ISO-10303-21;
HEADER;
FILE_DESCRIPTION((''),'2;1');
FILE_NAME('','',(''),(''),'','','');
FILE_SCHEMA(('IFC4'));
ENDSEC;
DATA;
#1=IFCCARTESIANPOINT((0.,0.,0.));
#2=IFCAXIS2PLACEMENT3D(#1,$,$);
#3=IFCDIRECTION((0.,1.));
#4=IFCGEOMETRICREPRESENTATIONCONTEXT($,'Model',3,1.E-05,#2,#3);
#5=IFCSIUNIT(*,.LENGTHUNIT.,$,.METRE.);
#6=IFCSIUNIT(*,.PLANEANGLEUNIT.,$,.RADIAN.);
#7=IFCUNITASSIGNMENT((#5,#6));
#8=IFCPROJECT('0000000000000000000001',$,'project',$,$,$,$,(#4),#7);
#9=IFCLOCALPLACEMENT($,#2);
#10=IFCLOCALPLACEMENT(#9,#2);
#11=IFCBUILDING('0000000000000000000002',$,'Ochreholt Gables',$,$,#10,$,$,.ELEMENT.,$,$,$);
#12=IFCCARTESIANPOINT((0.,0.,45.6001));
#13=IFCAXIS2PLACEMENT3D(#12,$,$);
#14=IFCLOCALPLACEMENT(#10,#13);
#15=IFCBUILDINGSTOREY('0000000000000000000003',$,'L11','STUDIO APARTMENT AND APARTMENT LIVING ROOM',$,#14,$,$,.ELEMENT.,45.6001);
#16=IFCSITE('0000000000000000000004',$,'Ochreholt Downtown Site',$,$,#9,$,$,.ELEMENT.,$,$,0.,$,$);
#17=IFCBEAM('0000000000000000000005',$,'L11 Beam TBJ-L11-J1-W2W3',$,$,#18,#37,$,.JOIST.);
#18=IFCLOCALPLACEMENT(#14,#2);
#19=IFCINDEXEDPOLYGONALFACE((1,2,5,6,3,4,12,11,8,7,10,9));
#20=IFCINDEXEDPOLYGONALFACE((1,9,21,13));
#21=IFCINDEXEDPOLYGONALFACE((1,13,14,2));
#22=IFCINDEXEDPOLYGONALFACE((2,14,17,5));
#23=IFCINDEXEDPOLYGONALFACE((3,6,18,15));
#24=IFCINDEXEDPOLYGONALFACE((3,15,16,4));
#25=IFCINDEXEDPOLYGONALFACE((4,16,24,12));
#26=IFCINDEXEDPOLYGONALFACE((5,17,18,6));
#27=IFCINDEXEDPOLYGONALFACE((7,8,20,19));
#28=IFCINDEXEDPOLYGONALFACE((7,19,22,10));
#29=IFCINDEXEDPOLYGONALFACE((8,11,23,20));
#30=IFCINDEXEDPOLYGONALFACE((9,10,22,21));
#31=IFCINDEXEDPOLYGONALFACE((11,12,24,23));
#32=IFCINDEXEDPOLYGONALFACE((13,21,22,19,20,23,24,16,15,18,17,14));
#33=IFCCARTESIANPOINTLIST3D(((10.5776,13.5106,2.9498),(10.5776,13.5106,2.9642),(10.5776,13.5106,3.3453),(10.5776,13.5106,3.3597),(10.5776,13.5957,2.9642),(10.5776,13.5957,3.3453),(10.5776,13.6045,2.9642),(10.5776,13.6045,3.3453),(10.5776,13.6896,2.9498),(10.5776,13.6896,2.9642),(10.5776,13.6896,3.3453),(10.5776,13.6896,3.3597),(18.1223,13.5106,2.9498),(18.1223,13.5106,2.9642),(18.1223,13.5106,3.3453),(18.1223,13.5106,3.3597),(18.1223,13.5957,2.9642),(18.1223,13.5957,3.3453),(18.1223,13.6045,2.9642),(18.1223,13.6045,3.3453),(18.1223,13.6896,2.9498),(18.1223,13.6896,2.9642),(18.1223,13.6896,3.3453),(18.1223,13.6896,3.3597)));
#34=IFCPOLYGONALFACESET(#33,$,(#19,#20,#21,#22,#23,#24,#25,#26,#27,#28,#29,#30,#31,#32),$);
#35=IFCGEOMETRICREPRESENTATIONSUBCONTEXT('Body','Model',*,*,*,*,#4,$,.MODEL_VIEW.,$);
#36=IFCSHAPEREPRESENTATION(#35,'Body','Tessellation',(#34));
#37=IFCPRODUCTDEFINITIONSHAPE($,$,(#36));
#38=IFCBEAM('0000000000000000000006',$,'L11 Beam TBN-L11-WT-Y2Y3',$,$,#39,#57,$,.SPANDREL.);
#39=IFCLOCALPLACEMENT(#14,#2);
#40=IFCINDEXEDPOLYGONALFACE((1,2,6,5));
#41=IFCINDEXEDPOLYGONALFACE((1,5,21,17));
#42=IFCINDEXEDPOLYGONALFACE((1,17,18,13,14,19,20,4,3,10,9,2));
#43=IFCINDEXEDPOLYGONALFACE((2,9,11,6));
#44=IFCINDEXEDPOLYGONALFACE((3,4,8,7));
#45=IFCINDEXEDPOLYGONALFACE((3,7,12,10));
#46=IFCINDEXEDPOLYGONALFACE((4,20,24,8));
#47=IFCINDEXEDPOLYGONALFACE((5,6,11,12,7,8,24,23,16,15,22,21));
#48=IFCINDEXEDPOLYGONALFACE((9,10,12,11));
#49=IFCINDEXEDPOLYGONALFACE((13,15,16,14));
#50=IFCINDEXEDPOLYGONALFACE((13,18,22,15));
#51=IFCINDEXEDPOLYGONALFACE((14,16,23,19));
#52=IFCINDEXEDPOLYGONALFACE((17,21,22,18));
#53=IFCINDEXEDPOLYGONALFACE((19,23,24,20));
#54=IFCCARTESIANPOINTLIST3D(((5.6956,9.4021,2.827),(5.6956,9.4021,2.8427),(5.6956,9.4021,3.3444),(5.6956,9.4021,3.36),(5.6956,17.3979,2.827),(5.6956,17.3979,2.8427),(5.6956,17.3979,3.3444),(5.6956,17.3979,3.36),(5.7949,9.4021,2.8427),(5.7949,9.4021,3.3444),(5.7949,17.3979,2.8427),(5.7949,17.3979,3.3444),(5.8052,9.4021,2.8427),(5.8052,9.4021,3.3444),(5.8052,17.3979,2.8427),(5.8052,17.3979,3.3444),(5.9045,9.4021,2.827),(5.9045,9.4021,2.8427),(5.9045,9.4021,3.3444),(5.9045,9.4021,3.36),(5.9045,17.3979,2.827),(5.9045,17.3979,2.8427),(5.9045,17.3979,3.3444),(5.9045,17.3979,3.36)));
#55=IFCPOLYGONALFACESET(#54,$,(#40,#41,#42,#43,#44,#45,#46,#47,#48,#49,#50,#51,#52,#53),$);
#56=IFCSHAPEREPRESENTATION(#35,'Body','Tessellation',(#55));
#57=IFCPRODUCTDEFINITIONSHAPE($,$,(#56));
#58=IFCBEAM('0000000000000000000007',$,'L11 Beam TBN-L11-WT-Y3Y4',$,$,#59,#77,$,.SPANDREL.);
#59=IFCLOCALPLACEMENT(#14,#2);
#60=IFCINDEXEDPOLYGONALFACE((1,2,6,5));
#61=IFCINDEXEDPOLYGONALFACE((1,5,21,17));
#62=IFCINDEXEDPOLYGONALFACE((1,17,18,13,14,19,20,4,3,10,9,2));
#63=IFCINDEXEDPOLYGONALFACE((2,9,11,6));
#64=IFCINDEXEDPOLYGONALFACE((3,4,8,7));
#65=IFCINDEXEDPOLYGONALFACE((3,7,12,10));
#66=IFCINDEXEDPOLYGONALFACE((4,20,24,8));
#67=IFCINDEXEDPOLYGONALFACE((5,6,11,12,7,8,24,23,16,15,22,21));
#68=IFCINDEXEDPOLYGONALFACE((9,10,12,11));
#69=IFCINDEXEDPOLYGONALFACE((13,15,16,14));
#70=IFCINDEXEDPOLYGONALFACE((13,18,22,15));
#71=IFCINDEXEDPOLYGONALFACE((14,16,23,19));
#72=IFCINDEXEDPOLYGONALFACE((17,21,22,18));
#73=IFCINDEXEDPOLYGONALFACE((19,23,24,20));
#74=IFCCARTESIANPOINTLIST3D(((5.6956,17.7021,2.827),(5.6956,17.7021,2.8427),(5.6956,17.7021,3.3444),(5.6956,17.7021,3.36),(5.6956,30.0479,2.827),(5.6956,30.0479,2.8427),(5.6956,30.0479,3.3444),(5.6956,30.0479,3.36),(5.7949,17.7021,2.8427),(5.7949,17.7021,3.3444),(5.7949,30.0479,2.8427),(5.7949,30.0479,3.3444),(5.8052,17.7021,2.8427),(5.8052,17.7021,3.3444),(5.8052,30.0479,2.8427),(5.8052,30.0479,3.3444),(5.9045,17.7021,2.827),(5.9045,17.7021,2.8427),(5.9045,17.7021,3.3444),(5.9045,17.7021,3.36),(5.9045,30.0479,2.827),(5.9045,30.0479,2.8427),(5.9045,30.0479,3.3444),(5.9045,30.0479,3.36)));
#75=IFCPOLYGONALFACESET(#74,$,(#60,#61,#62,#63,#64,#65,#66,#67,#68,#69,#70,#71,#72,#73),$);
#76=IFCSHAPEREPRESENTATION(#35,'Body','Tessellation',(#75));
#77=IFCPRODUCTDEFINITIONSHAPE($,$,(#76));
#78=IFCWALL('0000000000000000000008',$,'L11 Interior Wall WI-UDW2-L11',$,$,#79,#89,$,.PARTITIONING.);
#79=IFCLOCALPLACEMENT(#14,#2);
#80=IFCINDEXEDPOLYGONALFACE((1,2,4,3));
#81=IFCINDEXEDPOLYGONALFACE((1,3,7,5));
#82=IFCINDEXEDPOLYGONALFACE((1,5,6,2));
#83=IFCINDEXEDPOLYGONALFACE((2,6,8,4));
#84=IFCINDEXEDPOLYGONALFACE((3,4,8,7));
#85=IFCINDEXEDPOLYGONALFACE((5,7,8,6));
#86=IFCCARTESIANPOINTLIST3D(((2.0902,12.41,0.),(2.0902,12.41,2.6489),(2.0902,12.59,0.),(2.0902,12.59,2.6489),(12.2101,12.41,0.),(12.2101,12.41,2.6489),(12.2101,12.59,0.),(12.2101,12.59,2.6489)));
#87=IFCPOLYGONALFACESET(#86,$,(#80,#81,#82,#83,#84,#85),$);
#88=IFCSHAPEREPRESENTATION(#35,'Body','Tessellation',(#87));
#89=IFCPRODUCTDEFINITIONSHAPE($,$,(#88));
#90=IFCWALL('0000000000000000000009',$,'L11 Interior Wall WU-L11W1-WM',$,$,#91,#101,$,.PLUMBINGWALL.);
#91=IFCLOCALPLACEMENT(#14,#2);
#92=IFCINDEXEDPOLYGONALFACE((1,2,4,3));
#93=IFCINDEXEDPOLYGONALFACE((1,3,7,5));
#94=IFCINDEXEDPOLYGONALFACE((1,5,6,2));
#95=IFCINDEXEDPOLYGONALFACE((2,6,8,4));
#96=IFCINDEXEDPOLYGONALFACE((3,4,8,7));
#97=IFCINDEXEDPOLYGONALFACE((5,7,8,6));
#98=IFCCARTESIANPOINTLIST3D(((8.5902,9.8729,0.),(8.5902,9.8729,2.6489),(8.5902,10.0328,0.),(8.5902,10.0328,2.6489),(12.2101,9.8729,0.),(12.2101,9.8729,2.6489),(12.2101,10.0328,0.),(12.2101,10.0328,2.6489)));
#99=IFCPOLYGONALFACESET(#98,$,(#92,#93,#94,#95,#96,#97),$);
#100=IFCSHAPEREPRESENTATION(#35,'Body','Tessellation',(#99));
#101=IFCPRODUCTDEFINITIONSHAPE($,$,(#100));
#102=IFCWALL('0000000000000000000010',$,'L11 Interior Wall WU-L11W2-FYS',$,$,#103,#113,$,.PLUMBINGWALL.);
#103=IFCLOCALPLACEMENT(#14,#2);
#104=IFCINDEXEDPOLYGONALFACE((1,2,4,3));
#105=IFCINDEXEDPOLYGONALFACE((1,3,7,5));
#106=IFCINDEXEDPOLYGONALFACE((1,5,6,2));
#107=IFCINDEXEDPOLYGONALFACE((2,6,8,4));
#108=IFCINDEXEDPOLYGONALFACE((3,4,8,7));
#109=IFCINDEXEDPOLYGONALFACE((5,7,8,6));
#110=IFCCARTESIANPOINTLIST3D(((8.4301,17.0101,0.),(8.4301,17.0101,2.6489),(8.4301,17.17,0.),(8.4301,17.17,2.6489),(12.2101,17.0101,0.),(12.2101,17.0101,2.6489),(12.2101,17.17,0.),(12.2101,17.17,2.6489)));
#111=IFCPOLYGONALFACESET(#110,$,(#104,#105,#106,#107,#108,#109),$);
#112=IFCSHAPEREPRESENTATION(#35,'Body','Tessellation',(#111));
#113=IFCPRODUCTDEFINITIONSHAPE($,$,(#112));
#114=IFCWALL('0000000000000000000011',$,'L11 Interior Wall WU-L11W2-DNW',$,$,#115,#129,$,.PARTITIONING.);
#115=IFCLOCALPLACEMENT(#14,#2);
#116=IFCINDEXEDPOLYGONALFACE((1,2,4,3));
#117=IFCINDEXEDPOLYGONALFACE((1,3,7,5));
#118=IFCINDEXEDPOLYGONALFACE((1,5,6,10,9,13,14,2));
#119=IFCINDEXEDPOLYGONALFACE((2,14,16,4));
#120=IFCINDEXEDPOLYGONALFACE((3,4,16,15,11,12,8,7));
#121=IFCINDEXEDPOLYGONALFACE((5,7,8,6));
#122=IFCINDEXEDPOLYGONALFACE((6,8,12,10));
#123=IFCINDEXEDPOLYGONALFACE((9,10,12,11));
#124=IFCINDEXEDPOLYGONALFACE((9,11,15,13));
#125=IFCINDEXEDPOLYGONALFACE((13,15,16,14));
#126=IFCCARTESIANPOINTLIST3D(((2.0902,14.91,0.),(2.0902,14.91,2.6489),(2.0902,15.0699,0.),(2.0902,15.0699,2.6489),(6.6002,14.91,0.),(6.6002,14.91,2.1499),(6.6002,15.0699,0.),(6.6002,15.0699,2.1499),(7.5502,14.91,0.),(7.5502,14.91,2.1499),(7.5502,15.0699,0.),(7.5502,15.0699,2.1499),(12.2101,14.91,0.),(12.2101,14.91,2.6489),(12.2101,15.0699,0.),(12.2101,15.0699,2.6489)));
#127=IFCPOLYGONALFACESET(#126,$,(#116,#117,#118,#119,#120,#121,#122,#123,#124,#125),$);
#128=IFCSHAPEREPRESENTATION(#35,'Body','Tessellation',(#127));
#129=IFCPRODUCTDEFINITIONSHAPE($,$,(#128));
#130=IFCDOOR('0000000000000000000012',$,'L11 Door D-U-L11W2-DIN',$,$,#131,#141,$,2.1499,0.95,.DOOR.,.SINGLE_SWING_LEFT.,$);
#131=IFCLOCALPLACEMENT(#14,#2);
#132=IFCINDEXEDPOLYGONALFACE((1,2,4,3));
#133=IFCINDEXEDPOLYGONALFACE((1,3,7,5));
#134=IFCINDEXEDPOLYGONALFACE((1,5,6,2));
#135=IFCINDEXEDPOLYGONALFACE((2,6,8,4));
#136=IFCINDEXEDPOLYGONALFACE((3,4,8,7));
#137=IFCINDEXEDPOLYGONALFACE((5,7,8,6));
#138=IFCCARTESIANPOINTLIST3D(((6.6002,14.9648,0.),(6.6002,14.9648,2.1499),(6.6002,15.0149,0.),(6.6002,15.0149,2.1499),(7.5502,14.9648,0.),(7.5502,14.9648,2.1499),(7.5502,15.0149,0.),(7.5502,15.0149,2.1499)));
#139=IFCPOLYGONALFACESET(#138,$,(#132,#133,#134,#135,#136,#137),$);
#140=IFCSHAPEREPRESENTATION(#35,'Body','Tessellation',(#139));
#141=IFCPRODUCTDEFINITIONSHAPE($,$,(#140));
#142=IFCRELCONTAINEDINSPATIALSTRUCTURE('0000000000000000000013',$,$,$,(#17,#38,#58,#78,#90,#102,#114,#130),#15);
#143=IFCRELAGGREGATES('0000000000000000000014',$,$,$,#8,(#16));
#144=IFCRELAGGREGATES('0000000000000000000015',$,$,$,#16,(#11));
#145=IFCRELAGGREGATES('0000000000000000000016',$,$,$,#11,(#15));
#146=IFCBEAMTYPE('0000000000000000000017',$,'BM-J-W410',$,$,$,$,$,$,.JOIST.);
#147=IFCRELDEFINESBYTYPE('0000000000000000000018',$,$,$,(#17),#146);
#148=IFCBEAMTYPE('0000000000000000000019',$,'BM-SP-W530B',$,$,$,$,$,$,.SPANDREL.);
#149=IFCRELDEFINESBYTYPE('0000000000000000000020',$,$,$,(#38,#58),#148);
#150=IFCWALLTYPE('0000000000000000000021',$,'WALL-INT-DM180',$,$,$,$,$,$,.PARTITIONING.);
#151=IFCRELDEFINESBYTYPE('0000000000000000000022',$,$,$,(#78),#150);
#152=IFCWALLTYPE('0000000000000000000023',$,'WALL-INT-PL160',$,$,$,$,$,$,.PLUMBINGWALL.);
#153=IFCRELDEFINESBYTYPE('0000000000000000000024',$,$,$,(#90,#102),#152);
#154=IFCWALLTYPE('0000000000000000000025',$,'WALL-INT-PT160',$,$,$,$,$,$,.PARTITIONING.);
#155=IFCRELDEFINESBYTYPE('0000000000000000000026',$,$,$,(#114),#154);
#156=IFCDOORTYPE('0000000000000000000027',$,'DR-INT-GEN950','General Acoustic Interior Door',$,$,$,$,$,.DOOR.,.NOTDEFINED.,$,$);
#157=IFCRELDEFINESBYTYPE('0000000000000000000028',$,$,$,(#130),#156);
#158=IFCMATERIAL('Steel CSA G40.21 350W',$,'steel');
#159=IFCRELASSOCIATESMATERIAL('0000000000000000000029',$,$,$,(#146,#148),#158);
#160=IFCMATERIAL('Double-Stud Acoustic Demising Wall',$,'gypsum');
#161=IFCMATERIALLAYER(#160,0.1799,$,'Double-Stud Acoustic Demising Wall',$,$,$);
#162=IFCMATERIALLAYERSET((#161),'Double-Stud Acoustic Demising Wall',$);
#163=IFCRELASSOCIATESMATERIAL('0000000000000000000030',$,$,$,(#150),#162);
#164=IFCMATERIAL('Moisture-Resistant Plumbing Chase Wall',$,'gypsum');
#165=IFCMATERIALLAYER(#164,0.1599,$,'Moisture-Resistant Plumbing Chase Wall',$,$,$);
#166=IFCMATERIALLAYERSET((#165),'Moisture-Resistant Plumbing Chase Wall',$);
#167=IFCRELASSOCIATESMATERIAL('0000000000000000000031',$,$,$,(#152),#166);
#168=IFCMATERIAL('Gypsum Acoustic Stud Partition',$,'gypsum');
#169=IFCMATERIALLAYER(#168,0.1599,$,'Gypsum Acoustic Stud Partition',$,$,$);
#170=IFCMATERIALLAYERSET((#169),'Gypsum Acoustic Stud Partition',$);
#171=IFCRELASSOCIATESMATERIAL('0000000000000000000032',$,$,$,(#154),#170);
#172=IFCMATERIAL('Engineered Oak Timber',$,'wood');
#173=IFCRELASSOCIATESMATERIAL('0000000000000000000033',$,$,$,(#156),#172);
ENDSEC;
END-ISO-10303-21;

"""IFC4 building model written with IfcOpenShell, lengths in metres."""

from ifc_helpers import new_model, si_unit, direction, frame, frame_2d, origin, origin_2d, place, context, subcontext, project, spatial, rectangle, i_section, extrude, material, layer, layer_set, material_profile, profile_set, type_object, element, fill, save


model = new_model("IFC4")

# Units and contexts
model_context = context("Model", 3, precision=1e-05, world=origin(), true_north=direction((0.0, 1.0)))
body_context = subcontext(model_context, "Body", "Model", "MODEL_VIEW")
ifc_project = project(units=[si_unit("LENGTHUNIT", "METRE"), si_unit("PLANEANGLEUNIT", "RADIAN")], contexts=[model_context])

# Site, building, storey
site_placement = place(None, origin())
site = spatial("IfcSite", under=ifc_project, at=site_placement, Name="Ochreholt Downtown Site", CompositionType="ELEMENT", RefElevation=0.0)
building_placement = place(site_placement, origin())
building = spatial("IfcBuilding", under=site, at=building_placement, Name="Ochreholt Gables", CompositionType="ELEMENT")
storey_placement = place(building_placement, frame((0.0, 0.0, 45.6001)))
storey = spatial("IfcBuildingStorey", under=building, at=storey_placement, Name="L11", Description="STUDIO APARTMENT AND APARTMENT LIVING ROOM", CompositionType="ELEMENT", Elevation=45.6001)

# Shared definitions
ifc_material_1 = material(Name="Steel CSA G40.21 350W", Category="steel")

# Beams
ifc_material_profile_1 = material_profile(ifc_material_1, i_section(OverallWidth=0.179, OverallDepth=0.4099, WebThickness=0.0088, FlangeThickness=0.0144, at=origin_2d()), Name="W410X67")
ifc_profile_set_1 = profile_set([ifc_material_profile_1], Name="Steel CSA G40.21 350W")
beam_type_1 = type_object("IfcBeamType", Name="BM-J-W410", PredefinedType="JOIST", material=ifc_profile_set_1)
beam_1_placement = place(storey_placement, frame((10.5776, 13.6001, 3.1548), z_axis=(1.0, 0.0, 0.0), x_axis=(0.0, 1.0, 0.0)))
element("IfcBeam", 1, at=beam_1_placement, inside=storey, type_object=beam_type_1, Name="L11 Beam TBJ-L11-J1-W2W3", PredefinedType="JOIST", context=body_context, shape_type="SweptSolid", body=[
    extrude(i_section(OverallWidth=0.179, OverallDepth=0.4099, WebThickness=0.0088, FlangeThickness=0.0144, at=origin_2d()), origin(), (0.0, 0.0, 1.0), 7.5447),
])
ifc_material_profile_2 = material_profile(ifc_material_1, i_section(OverallWidth=0.209, OverallDepth=0.533, WebThickness=0.0103, FlangeThickness=0.0156, at=origin_2d()), Name="W530X92")
ifc_profile_set_2 = profile_set([ifc_material_profile_2], Name="Steel CSA G40.21 350W")
beam_type_2 = type_object("IfcBeamType", Name="BM-SP-W530B", PredefinedType="SPANDREL", material=ifc_profile_set_2)
beam_2_placement = place(storey_placement, frame((5.8, 9.4021, 3.0935), z_axis=(0.0, 1.0, 0.0), x_axis=(-1.0, 0.0, 0.0)))
element("IfcBeam", 2, at=beam_2_placement, inside=storey, type_object=beam_type_2, Name="L11 Beam TBN-L11-WT-Y2Y3", PredefinedType="SPANDREL", context=body_context, shape_type="SweptSolid", body=[
    extrude(i_section(OverallWidth=0.209, OverallDepth=0.533, WebThickness=0.0103, FlangeThickness=0.0156, at=origin_2d()), origin(), (0.0, 0.0, 1.0), 7.9958),
])
beam_3_placement = place(storey_placement, frame((5.8, 17.7021, 3.0935), z_axis=(0.0, 1.0, 0.0), x_axis=(-1.0, 0.0, 0.0)))
element("IfcBeam", 3, at=beam_3_placement, inside=storey, type_object=beam_type_2, Name="L11 Beam TBN-L11-WT-Y3Y4", PredefinedType="SPANDREL", context=body_context, shape_type="SweptSolid", body=[
    extrude(i_section(OverallWidth=0.209, OverallDepth=0.533, WebThickness=0.0103, FlangeThickness=0.0156, at=origin_2d()), origin(), (0.0, 0.0, 1.0), 12.3457),
])

# Walls
ifc_material_2 = material(Name="Double-Stud Acoustic Demising Wall", Category="gypsum")
ifc_layer_1 = layer(ifc_material_2, 0.1799, Name="Double-Stud Acoustic Demising Wall")
ifc_layer_set_1 = layer_set([ifc_layer_1], Name="Double-Stud Acoustic Demising Wall")
wall_type_1 = type_object("IfcWallType", Name="WALL-INT-DM180", PredefinedType="PARTITIONING", material=ifc_layer_set_1)
wall_1_placement = place(storey_placement, frame((2.0901, 12.5, 0.0), z_axis=(0.0, 0.0, 1.0), x_axis=(1.0, 0.0, 0.0)))
element("IfcWall", 4, at=wall_1_placement, inside=storey, type_object=wall_type_1, Name="L11 Interior Wall WI-UDW2-L11", PredefinedType="PARTITIONING", context=body_context, shape_type="SweptSolid", body=[
    extrude(rectangle(XDim=10.1199, YDim=0.1799, at=frame_2d((5.0601, 0.0))), origin(), (0.0, 0.0, 1.0), 2.6489),
])
ifc_material_3 = material(Name="Moisture-Resistant Plumbing Chase Wall", Category="gypsum")
ifc_layer_2 = layer(ifc_material_3, 0.1599, Name="Moisture-Resistant Plumbing Chase Wall")
ifc_layer_set_2 = layer_set([ifc_layer_2], Name="Moisture-Resistant Plumbing Chase Wall")
wall_type_2 = type_object("IfcWallType", Name="WALL-INT-PL160", PredefinedType="PLUMBINGWALL", material=ifc_layer_set_2)
wall_2_placement = place(storey_placement, frame((8.5901, 9.9529, 0.0), z_axis=(0.0, 0.0, 1.0), x_axis=(1.0, 0.0, 0.0)))
element("IfcWall", 5, at=wall_2_placement, inside=storey, type_object=wall_type_2, Name="L11 Interior Wall WU-L11W1-WM", PredefinedType="PLUMBINGWALL", context=body_context, shape_type="SweptSolid", body=[
    extrude(rectangle(XDim=3.6199, YDim=0.1599, at=frame_2d((1.8101, 0.0))), origin(), (0.0, 0.0, 1.0), 2.6489),
])
wall_3_placement = place(storey_placement, frame((8.4299, 17.0901, 0.0), z_axis=(0.0, 0.0, 1.0), x_axis=(1.0, 0.0, 0.0)))
element("IfcWall", 6, at=wall_3_placement, inside=storey, type_object=wall_type_2, Name="L11 Interior Wall WU-L11W2-FYS", PredefinedType="PLUMBINGWALL", context=body_context, shape_type="SweptSolid", body=[
    extrude(rectangle(XDim=3.78, YDim=0.1599, at=frame_2d((1.8901, 0.0))), origin(), (0.0, 0.0, 1.0), 2.6489),
])

# Shared definitions
ifc_material_4 = material(Name="Engineered Oak Timber", Category="wood")

# Wall, opening, door
ifc_material_5 = material(Name="Gypsum Acoustic Stud Partition", Category="gypsum")
ifc_layer_3 = layer(ifc_material_5, 0.1599, Name="Gypsum Acoustic Stud Partition")
ifc_layer_set_3 = layer_set([ifc_layer_3], Name="Gypsum Acoustic Stud Partition")
wall_type_3 = type_object("IfcWallType", Name="WALL-INT-PT160", PredefinedType="PARTITIONING", material=ifc_layer_set_3)
wall_4_placement = place(storey_placement, frame((2.0901, 14.99, 0.0), z_axis=(0.0, 0.0, 1.0), x_axis=(1.0, 0.0, 0.0)))
wall_4 = element("IfcWall", 7, at=wall_4_placement, inside=storey, type_object=wall_type_3, Name="L11 Interior Wall WU-L11W2-DNW", PredefinedType="PARTITIONING", context=body_context, shape_type="SweptSolid", body=[
    extrude(rectangle(XDim=10.1199, YDim=0.1599, at=frame_2d((5.0601, 0.0))), origin(), (0.0, 0.0, 1.0), 2.6489),
])
opening_1_placement = place(wall_4_placement, frame((4.51, 0.0, 0.0)))
opening_1 = element("IfcOpeningElement", 8, at=opening_1_placement, cuts=wall_4, PredefinedType="OPENING", context=body_context, shape_type="SweptSolid", body=[
    extrude(rectangle(XDim=0.95, YDim=2.1499, at=frame_2d((0.4751, 1.075))), frame((0.0, 0.0898, 0.0), z_axis=(0.0, -1.0, 0.0), x_axis=(1.0, 0.0, 0.0)), (0.0, 0.0, 1.0), 0.1799),
])
door_type_1 = type_object("IfcDoorType", Name="DR-INT-GEN950", Description="General Acoustic Interior Door", OperationType="NOTDEFINED", PredefinedType="DOOR", material=ifc_material_4)
door_1_placement = place(opening_1_placement, origin())
door_1 = element("IfcDoor", 9, at=door_1_placement, inside=storey, type_object=door_type_1, Name="L11 Door D-U-L11W2-DIN", OperationType="SINGLE_SWING_LEFT", OverallHeight=2.1499, OverallWidth=0.95, PredefinedType="DOOR", context=body_context, shape_type="SweptSolid", body=[
    extrude(rectangle(XDim=0.95, YDim=2.1499, at=frame_2d((0.4751, 1.075))), frame((0.0, 0.0249, 0.0), z_axis=(0.0, -1.0, 0.0), x_axis=(1.0, 0.0, 0.0)), (0.0, 0.0, 1.0), 0.05),
])
fill(opening_1, door_1)

save(model, "model.ifc")
